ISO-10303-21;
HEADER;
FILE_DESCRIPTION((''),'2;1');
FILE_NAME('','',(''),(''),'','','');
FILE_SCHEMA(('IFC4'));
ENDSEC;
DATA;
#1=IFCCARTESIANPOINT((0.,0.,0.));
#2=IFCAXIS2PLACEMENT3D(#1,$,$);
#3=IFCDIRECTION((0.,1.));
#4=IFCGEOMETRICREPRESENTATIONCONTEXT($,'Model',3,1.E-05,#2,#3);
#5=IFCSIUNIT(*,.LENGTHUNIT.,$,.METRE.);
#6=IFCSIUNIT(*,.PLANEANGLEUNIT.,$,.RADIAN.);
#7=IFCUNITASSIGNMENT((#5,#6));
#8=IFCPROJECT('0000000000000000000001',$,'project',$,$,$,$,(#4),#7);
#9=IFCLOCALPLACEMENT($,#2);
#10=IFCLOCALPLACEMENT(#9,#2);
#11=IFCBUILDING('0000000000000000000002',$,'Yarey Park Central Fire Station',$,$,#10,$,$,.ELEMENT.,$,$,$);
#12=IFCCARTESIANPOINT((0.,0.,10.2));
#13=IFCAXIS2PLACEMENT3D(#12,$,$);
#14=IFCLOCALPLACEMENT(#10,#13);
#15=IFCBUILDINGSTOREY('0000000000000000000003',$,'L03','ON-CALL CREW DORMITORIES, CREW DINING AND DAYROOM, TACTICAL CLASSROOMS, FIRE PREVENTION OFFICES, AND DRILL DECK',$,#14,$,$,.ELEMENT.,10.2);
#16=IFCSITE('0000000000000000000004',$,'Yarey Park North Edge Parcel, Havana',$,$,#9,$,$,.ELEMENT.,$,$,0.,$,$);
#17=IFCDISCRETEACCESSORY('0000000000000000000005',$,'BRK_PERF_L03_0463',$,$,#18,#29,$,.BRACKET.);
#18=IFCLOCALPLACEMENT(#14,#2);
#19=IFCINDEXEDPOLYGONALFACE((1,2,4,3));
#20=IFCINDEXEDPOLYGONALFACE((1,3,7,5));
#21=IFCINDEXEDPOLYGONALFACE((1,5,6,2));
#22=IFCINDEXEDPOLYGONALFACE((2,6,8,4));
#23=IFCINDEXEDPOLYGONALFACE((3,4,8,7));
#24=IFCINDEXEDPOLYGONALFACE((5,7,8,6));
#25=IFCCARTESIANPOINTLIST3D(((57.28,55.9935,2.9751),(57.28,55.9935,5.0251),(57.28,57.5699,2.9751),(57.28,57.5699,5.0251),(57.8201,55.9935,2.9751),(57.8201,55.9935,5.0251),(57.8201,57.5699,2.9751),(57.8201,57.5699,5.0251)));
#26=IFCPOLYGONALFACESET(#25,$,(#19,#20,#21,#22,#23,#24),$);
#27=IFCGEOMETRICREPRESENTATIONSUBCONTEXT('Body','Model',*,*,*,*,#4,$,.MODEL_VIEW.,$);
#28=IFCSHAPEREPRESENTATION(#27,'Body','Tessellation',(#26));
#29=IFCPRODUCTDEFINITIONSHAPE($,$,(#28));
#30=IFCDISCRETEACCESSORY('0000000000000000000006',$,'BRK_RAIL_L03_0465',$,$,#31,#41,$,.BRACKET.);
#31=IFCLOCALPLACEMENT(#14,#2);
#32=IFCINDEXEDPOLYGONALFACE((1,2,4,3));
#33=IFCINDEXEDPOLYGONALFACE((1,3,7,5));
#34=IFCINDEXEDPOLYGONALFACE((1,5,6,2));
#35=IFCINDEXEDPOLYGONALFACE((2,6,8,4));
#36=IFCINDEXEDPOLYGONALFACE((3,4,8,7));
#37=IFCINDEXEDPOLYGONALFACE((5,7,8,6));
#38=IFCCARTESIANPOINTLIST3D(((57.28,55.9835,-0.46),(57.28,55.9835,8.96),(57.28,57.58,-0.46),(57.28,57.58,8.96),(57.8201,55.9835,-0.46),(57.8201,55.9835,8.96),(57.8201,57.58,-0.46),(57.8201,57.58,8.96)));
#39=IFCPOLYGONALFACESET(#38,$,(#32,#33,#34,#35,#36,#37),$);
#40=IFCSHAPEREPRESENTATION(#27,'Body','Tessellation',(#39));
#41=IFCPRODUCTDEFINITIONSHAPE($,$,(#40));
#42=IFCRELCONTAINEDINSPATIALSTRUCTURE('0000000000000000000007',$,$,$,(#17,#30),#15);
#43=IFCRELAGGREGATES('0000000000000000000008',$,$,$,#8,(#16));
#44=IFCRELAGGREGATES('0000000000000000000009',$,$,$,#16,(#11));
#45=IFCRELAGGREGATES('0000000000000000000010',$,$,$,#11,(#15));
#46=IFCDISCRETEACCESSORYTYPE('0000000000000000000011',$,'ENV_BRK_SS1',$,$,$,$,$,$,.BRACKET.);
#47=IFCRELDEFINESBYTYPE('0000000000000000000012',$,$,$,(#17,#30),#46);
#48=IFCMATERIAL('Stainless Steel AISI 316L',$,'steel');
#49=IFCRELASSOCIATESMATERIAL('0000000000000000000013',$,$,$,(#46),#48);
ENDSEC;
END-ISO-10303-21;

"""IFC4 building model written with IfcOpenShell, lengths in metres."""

from ifc_helpers import new_model, si_unit, direction, frame, origin, origin_2d, place, context, subcontext, project, spatial, rectangle, extrude, material, type_object, element, save


model = new_model("IFC4")

# Units and contexts
model_context = context("Model", 3, precision=1e-05, world=origin(), true_north=direction((0.0, 1.0)))
body_context = subcontext(model_context, "Body", "Model", "MODEL_VIEW")
ifc_project = project(units=[si_unit("LENGTHUNIT", "METRE"), si_unit("PLANEANGLEUNIT", "RADIAN")], contexts=[model_context])

# Site, building, storey
site_placement = place(None, origin())
site = spatial("IfcSite", under=ifc_project, at=site_placement, Name="Yarey Park North Edge Parcel, Havana", CompositionType="ELEMENT", RefElevation=0.0)
building_placement = place(site_placement, origin())
building = spatial("IfcBuilding", under=site, at=building_placement, Name="Yarey Park Central Fire Station", CompositionType="ELEMENT")
storey_placement = place(building_placement, frame((0.0, 0.0, 10.2)))
storey = spatial("IfcBuildingStorey", under=building, at=storey_placement, Name="L03", Description="ON-CALL CREW DORMITORIES, CREW DINING AND DAYROOM, TACTICAL CLASSROOMS, FIRE PREVENTION OFFICES, AND DRILL DECK", CompositionType="ELEMENT", Elevation=10.2)

# Discrete accessories
ifc_material_1 = material(Name="Stainless Steel AISI 316L", Category="steel")
discrete_accessory_type = type_object("IfcDiscreteAccessoryType", Name="ENV_BRK_SS1", PredefinedType="BRACKET", material=ifc_material_1)
discrete_accessory_1_placement = place(storey_placement, frame((57.55, 56.7817, 2.9751), z_axis=(0.0, 0.0, 1.0), x_axis=(1.0, 0.0, 0.0)))
element("IfcDiscreteAccessory", 1, at=discrete_accessory_1_placement, inside=storey, type_object=discrete_accessory_type, Name="BRK_PERF_L03_0463", PredefinedType="BRACKET", context=body_context, shape_type="SweptSolid", body=[
    extrude(rectangle(XDim=0.54, YDim=1.5764, at=origin_2d()), origin(), (0.0, 0.0, 1.0), 2.05),
])
discrete_accessory_2_placement = place(storey_placement, frame((57.55, 56.7817, -0.46), z_axis=(0.0, 0.0, 1.0), x_axis=(1.0, 0.0, 0.0)))
element("IfcDiscreteAccessory", 2, at=discrete_accessory_2_placement, inside=storey, type_object=discrete_accessory_type, Name="BRK_RAIL_L03_0465", PredefinedType="BRACKET", context=body_context, shape_type="SweptSolid", body=[
    extrude(rectangle(XDim=0.54, YDim=1.5964, at=origin_2d()), origin(), (0.0, 0.0, 1.0), 9.4199),
])

save(model, "model.ifc")
